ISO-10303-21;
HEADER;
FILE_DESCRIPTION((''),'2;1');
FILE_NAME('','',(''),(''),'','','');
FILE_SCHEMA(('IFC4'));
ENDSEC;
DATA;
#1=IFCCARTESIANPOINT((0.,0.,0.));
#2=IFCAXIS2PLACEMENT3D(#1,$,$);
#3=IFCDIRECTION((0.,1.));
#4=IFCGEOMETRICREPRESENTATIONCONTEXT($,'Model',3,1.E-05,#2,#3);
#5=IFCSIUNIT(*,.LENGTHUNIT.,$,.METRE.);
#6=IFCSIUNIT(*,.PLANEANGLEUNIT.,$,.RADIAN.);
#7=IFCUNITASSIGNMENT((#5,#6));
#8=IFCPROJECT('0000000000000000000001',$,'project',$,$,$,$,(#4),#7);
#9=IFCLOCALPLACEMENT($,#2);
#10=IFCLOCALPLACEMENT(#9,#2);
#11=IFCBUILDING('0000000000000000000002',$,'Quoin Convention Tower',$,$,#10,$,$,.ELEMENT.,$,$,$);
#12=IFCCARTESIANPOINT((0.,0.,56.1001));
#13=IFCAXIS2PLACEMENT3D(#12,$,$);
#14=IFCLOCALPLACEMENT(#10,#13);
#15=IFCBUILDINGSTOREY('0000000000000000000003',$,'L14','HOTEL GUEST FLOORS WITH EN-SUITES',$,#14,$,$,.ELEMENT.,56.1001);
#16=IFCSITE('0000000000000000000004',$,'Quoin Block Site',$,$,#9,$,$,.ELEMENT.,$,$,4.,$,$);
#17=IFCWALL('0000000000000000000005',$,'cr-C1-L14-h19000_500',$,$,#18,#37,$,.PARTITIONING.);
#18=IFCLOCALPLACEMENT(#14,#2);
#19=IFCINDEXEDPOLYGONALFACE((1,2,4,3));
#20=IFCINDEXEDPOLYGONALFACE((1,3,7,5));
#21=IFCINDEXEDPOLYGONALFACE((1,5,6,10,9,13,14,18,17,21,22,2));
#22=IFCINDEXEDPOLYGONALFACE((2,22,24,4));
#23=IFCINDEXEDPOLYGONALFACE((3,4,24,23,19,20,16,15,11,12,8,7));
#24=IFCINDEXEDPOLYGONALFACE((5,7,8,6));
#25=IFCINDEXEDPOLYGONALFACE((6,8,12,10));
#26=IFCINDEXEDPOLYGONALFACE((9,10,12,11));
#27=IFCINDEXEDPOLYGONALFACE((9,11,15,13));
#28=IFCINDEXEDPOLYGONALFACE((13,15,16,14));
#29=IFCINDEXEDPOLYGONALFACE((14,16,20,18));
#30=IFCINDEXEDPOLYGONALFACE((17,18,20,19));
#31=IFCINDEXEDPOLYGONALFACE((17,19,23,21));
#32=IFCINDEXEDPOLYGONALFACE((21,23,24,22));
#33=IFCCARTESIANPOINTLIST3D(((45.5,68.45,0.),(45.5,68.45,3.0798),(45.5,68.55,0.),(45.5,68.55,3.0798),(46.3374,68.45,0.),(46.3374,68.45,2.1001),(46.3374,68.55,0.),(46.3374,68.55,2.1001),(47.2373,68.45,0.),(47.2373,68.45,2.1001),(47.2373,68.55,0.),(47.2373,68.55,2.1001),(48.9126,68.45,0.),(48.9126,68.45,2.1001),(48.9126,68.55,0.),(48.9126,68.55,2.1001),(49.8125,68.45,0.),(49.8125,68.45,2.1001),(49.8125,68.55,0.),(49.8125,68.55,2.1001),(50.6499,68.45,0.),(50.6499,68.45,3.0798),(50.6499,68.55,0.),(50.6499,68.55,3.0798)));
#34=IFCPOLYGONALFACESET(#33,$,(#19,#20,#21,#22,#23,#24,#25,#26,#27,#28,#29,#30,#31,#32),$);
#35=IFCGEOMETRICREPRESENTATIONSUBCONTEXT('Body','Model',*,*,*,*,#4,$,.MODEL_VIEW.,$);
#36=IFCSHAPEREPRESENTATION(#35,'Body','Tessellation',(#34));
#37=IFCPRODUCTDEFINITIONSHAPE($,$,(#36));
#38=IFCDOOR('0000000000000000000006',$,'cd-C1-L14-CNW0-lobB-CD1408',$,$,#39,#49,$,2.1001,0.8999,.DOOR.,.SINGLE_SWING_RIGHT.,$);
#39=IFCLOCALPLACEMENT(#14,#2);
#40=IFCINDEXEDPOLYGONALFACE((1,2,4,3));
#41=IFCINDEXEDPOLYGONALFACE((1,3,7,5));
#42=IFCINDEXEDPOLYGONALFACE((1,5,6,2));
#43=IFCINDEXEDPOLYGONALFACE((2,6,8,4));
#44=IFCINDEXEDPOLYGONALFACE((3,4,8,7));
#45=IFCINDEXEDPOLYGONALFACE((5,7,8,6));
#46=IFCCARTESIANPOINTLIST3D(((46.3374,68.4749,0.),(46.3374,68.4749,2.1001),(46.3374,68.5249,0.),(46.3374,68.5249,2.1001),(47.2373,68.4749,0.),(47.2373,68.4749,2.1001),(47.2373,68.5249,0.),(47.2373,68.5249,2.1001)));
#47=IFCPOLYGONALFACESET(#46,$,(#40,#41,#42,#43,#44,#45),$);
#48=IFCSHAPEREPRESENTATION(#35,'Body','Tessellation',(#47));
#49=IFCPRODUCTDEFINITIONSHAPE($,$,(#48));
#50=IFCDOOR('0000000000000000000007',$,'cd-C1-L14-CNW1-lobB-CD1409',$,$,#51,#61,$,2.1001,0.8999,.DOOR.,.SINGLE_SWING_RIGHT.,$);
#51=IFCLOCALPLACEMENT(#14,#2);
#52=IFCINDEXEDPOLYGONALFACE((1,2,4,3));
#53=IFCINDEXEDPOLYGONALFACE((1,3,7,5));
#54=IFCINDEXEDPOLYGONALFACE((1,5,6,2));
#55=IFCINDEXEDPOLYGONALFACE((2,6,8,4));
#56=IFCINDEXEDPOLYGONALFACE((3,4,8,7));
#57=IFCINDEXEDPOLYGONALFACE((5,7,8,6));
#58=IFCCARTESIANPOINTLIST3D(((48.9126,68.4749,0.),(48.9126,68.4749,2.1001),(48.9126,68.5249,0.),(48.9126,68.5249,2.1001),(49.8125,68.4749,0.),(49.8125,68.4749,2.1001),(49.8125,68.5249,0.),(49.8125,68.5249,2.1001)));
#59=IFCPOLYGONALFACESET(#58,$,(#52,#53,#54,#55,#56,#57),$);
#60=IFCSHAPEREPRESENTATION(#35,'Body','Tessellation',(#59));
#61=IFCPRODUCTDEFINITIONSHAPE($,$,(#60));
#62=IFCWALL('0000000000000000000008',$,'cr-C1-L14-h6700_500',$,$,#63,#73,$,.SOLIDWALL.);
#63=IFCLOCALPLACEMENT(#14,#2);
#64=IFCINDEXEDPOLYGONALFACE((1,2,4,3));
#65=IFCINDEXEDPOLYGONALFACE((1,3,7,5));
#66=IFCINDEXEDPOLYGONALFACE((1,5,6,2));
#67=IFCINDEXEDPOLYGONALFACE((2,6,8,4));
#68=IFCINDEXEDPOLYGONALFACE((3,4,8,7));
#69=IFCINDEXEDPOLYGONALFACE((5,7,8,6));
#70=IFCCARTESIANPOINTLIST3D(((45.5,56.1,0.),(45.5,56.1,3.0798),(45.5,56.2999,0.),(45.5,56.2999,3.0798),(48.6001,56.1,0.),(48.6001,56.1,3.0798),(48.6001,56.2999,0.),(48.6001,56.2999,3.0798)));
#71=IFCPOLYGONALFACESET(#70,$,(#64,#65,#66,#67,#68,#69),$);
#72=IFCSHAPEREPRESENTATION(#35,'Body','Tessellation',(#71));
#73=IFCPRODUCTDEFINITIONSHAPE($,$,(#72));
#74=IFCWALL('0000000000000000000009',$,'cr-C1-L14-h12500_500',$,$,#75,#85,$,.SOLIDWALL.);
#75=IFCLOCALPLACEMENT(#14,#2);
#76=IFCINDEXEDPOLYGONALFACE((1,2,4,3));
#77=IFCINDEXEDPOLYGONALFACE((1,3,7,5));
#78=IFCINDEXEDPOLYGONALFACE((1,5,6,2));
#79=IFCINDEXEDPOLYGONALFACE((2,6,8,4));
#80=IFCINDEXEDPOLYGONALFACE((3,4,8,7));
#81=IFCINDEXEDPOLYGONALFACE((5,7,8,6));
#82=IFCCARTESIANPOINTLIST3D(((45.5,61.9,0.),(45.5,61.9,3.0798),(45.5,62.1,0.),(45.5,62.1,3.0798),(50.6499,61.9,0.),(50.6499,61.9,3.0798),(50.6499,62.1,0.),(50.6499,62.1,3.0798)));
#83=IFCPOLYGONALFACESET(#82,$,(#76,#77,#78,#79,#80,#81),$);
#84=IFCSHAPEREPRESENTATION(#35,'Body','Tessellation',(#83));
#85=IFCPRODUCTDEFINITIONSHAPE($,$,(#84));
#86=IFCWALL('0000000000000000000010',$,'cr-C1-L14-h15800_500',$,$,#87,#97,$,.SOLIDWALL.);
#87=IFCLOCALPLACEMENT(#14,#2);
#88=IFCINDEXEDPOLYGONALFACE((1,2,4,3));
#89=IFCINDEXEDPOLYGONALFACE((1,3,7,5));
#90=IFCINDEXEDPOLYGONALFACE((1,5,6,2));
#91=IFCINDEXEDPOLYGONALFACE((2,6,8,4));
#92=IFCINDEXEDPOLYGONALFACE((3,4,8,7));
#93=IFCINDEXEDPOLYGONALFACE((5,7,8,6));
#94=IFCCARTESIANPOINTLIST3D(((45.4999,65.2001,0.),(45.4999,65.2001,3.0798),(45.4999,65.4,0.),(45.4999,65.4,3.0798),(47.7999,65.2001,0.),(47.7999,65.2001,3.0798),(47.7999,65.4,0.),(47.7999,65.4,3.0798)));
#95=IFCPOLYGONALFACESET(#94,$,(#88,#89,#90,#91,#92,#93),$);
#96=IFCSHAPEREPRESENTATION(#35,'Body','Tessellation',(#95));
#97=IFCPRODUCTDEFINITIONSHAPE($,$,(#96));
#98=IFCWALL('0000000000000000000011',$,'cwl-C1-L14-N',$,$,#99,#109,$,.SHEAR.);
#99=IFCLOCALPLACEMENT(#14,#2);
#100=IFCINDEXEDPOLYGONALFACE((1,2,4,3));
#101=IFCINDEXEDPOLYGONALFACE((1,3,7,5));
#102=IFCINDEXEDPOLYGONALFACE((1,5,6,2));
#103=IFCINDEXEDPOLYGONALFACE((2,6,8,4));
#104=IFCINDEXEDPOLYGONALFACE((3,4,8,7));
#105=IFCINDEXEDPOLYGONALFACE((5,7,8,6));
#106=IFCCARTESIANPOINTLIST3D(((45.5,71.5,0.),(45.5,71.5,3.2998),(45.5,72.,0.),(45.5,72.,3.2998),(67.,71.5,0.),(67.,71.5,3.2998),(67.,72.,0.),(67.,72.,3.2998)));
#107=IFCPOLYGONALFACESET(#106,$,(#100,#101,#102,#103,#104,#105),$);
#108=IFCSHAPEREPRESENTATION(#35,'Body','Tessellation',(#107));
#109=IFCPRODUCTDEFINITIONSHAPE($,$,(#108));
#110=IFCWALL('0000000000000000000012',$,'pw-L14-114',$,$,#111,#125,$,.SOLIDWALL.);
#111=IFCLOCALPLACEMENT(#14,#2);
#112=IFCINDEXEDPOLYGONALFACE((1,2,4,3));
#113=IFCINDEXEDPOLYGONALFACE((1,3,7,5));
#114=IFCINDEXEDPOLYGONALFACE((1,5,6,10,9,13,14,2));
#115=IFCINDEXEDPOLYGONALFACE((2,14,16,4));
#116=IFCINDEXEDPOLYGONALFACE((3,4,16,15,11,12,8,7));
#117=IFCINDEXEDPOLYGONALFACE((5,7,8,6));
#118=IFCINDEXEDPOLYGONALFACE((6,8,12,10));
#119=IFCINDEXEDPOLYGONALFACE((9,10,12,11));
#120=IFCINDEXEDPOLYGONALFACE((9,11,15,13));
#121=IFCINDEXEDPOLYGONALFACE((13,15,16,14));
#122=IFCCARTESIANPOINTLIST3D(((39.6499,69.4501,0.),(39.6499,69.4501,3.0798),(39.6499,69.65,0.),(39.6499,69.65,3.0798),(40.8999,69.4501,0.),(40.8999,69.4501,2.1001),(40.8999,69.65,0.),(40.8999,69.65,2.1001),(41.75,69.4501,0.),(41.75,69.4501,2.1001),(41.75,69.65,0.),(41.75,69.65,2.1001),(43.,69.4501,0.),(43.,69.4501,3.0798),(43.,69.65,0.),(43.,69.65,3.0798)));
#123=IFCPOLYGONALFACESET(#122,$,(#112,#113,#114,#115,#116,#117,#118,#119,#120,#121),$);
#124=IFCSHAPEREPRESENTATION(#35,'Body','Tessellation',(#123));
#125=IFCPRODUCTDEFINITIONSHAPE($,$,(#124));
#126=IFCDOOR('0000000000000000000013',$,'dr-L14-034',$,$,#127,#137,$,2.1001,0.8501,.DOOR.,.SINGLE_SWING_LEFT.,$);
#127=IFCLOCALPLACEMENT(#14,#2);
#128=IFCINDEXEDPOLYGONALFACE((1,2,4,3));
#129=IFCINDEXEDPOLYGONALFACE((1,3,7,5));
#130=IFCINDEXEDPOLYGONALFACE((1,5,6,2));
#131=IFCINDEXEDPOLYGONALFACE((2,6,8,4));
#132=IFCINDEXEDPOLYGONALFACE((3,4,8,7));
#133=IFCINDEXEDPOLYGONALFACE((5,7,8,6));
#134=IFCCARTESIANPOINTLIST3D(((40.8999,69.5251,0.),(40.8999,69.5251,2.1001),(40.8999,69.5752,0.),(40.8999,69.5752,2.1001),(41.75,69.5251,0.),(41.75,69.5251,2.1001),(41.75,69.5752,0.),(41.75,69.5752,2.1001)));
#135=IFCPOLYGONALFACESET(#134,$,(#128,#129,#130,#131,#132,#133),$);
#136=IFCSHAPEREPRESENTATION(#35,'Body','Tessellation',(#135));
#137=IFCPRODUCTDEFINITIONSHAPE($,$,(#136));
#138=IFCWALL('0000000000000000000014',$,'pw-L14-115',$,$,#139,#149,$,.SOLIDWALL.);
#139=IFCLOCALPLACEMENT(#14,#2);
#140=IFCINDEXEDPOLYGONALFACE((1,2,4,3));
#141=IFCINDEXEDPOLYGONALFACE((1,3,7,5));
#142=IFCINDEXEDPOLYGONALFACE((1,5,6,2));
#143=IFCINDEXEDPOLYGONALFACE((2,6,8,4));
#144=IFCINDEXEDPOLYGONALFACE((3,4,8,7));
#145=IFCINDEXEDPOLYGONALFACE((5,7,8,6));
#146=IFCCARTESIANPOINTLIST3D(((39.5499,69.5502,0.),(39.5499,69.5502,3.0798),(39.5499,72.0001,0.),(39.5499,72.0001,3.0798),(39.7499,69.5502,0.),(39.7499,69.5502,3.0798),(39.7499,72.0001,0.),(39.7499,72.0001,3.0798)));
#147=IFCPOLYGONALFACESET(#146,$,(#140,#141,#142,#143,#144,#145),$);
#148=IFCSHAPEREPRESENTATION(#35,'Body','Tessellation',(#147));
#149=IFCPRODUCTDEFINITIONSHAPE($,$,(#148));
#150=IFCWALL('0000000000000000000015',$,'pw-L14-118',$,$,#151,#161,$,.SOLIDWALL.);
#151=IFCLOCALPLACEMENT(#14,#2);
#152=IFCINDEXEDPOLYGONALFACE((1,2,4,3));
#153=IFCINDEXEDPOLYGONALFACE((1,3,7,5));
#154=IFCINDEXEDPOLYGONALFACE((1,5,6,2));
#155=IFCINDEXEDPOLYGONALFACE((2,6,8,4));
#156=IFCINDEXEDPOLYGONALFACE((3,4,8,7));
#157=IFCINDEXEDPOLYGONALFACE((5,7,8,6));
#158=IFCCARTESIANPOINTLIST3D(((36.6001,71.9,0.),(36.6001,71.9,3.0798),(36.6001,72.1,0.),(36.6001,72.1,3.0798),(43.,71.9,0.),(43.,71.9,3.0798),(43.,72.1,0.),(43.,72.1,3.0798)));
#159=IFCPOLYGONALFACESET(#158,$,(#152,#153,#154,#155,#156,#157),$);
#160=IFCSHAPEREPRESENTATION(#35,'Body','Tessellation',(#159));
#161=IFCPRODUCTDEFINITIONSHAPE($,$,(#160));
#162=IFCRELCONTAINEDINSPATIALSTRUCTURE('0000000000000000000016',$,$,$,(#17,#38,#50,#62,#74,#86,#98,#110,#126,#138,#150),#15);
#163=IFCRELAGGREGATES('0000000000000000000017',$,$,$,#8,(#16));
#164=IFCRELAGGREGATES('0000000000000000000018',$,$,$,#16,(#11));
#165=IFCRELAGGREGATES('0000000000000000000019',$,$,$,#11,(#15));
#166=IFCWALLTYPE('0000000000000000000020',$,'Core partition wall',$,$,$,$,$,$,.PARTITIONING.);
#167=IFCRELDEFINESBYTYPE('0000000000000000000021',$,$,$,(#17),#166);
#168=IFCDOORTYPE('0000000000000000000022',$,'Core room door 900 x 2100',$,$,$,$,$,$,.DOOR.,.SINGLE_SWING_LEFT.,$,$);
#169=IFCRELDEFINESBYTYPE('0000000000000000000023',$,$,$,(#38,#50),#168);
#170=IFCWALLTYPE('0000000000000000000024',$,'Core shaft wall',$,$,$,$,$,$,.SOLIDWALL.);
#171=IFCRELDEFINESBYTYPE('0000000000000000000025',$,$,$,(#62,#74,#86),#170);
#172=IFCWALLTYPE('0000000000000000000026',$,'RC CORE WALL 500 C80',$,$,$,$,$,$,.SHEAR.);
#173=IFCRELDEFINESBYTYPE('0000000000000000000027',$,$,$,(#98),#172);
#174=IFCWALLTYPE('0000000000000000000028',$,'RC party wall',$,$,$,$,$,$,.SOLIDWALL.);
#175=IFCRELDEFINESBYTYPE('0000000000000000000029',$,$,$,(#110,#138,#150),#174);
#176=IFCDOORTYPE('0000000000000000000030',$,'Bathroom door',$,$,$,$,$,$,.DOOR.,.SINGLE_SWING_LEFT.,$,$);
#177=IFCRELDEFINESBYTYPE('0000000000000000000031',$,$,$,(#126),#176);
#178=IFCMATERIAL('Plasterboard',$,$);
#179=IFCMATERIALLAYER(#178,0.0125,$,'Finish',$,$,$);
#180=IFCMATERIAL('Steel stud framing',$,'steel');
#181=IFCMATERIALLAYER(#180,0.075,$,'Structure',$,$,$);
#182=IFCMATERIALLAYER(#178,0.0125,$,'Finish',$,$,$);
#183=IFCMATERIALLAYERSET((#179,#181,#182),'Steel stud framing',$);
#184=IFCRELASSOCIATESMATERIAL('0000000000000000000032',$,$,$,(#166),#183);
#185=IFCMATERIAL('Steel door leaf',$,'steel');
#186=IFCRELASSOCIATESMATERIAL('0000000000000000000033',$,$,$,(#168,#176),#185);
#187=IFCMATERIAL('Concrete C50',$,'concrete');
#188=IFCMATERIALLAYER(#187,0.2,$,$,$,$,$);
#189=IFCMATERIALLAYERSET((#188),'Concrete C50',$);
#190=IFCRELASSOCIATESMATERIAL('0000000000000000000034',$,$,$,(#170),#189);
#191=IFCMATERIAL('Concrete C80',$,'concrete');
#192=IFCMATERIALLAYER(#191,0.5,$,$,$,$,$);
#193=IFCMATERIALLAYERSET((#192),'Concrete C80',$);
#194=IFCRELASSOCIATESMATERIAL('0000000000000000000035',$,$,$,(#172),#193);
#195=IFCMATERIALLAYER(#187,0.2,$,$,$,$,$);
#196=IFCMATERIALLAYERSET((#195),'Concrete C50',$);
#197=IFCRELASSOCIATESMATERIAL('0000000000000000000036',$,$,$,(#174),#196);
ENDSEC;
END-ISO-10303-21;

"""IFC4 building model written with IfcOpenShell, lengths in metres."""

from ifc_helpers import new_model, si_unit, direction, frame, frame_2d, origin, place, context, subcontext, project, spatial, rectangle, extrude, material, layer, layer_set, type_object, element, fill, save


model = new_model("IFC4")

# Units and contexts
model_context = context("Model", 3, precision=1e-05, world=origin(), true_north=direction((0.0, 1.0)))
body_context = subcontext(model_context, "Body", "Model", "MODEL_VIEW")
ifc_project = project(units=[si_unit("LENGTHUNIT", "METRE"), si_unit("PLANEANGLEUNIT", "RADIAN")], contexts=[model_context])

# Site, building, storey
site_placement = place(None, origin())
site = spatial("IfcSite", under=ifc_project, at=site_placement, Name="Quoin Block Site", CompositionType="ELEMENT", RefElevation=4.0)
building_placement = place(site_placement, origin())
building = spatial("IfcBuilding", under=site, at=building_placement, Name="Quoin Convention Tower", CompositionType="ELEMENT")
storey_placement = place(building_placement, frame((0.0, 0.0, 56.1001)))
storey = spatial("IfcBuildingStorey", under=building, at=storey_placement, Name="L14", Description="HOTEL GUEST FLOORS WITH EN-SUITES", CompositionType="ELEMENT", Elevation=56.1001)

# Wall, openings, doors
ifc_material_1 = material(Name="Plasterboard")
ifc_layer_1 = layer(ifc_material_1, 0.0125, Name="Finish")
ifc_material_2 = material(Name="Steel stud framing", Category="steel")
ifc_layer_2 = layer(ifc_material_2, 0.075, Name="Structure")
ifc_layer_3 = layer(ifc_material_1, 0.0125, Name="Finish")
ifc_layer_set_1 = layer_set([ifc_layer_1, ifc_layer_2, ifc_layer_3], Name="Steel stud framing")
wall_type_1 = type_object("IfcWallType", Name="Core partition wall", PredefinedType="PARTITIONING", material=ifc_layer_set_1)
wall_1_placement = place(storey_placement, frame((45.5, 68.5, 0.0), z_axis=(0.0, 0.0, 1.0), x_axis=(1.0, 0.0, 0.0)))
wall_1 = element("IfcWall", 1, at=wall_1_placement, inside=storey, type_object=wall_type_1, Name="cr-C1-L14-h19000_500", PredefinedType="PARTITIONING", context=body_context, shape_type="SweptSolid", body=[
    extrude(rectangle(XDim=5.1499, YDim=0.1001, at=frame_2d((2.575, 0.0))), origin(), (0.0, 0.0, 1.0), 3.0798),
])
opening_1_placement = place(wall_1_placement, frame((0.8374, 0.0, 0.0)))
opening_1 = element("IfcOpeningElement", 2, at=opening_1_placement, cuts=wall_1, PredefinedType="OPENING", context=body_context, shape_type="SweptSolid", body=[
    extrude(rectangle(XDim=0.8999, YDim=2.1001, at=frame_2d((0.45, 1.05))), frame((0.0, 0.0601, 0.0), z_axis=(0.0, -1.0, 0.0), x_axis=(1.0, 0.0, 0.0)), (0.0, 0.0, 1.0), 0.1201),
])
opening_2_placement = place(wall_1_placement, frame((3.4126, 0.0, 0.0)))
opening_2 = element("IfcOpeningElement", 3, at=opening_2_placement, cuts=wall_1, PredefinedType="OPENING", context=body_context, shape_type="SweptSolid", body=[
    extrude(rectangle(XDim=0.8999, YDim=2.1001, at=frame_2d((0.45, 1.05))), frame((0.0, 0.0601, 0.0), z_axis=(0.0, -1.0, 0.0), x_axis=(1.0, 0.0, 0.0)), (0.0, 0.0, 1.0), 0.1201),
])
ifc_material_3 = material(Name="Steel door leaf", Category="steel")
door_type_1 = type_object("IfcDoorType", Name="Core room door 900 x 2100", OperationType="SINGLE_SWING_LEFT", PredefinedType="DOOR", material=ifc_material_3)
door_1_placement = place(opening_1_placement, origin())
door_1 = element("IfcDoor", 4, at=door_1_placement, inside=storey, type_object=door_type_1, Name="cd-C1-L14-CNW0-lobB-CD1408", OperationType="SINGLE_SWING_RIGHT", OverallHeight=2.1001, OverallWidth=0.8999, PredefinedType="DOOR", context=body_context, shape_type="SweptSolid", body=[
    extrude(rectangle(XDim=0.8999, YDim=2.1001, at=frame_2d((0.45, 1.05))), frame((0.0, 0.0249, 0.0), z_axis=(0.0, -1.0, 0.0), x_axis=(1.0, 0.0, 0.0)), (0.0, 0.0, 1.0), 0.05),
])
fill(opening_1, door_1)
door_2_placement = place(opening_2_placement, origin())
door_2 = element("IfcDoor", 5, at=door_2_placement, inside=storey, type_object=door_type_1, Name="cd-C1-L14-CNW1-lobB-CD1409", OperationType="SINGLE_SWING_RIGHT", OverallHeight=2.1001, OverallWidth=0.8999, PredefinedType="DOOR", context=body_context, shape_type="SweptSolid", body=[
    extrude(rectangle(XDim=0.8999, YDim=2.1001, at=frame_2d((0.45, 1.05))), frame((0.0, 0.0249, 0.0), z_axis=(0.0, -1.0, 0.0), x_axis=(1.0, 0.0, 0.0)), (0.0, 0.0, 1.0), 0.05),
])
fill(opening_2, door_2)

# Walls
ifc_material_4 = material(Name="Concrete C50", Category="concrete")
ifc_layer_4 = layer(ifc_material_4, 0.2)
ifc_layer_set_2 = layer_set([ifc_layer_4], Name="Concrete C50")
wall_type_2 = type_object("IfcWallType", Name="Core shaft wall", PredefinedType="SOLIDWALL", material=ifc_layer_set_2)
wall_2_placement = place(storey_placement, frame((45.5, 56.2, 0.0), z_axis=(0.0, 0.0, 1.0), x_axis=(1.0, 0.0, 0.0)))
element("IfcWall", 6, at=wall_2_placement, inside=storey, type_object=wall_type_2, Name="cr-C1-L14-h6700_500", PredefinedType="SOLIDWALL", context=body_context, shape_type="SweptSolid", body=[
    extrude(rectangle(XDim=3.1001, YDim=0.2, at=frame_2d((1.55, 0.0))), origin(), (0.0, 0.0, 1.0), 3.0798),
])
wall_3_placement = place(storey_placement, frame((45.5, 62.0, 0.0), z_axis=(0.0, 0.0, 1.0), x_axis=(1.0, 0.0, 0.0)))
element("IfcWall", 7, at=wall_3_placement, inside=storey, type_object=wall_type_2, Name="cr-C1-L14-h12500_500", PredefinedType="SOLIDWALL", context=body_context, shape_type="SweptSolid", body=[
    extrude(rectangle(XDim=5.1499, YDim=0.2, at=frame_2d((2.575, 0.0))), origin(), (0.0, 0.0, 1.0), 3.0798),
])
wall_4_placement = place(storey_placement, frame((45.5, 65.3, 0.0), z_axis=(0.0, 0.0, 1.0), x_axis=(1.0, 0.0, 0.0)))
element("IfcWall", 8, at=wall_4_placement, inside=storey, type_object=wall_type_2, Name="cr-C1-L14-h15800_500", PredefinedType="SOLIDWALL", context=body_context, shape_type="SweptSolid", body=[
    extrude(rectangle(XDim=2.3, YDim=0.2, at=frame_2d((1.1499, 0.0))), origin(), (0.0, 0.0, 1.0), 3.0798),
])
ifc_material_5 = material(Name="Concrete C80", Category="concrete")
ifc_layer_5 = layer(ifc_material_5, 0.5)
ifc_layer_set_3 = layer_set([ifc_layer_5], Name="Concrete C80")
wall_type_3 = type_object("IfcWallType", Name="RC CORE WALL 500 C80", PredefinedType="SHEAR", material=ifc_layer_set_3)
wall_5_placement = place(storey_placement, frame((45.5, 71.75, 0.0), z_axis=(0.0, 0.0, 1.0), x_axis=(1.0, 0.0, 0.0)))
element("IfcWall", 9, at=wall_5_placement, inside=storey, type_object=wall_type_3, Name="cwl-C1-L14-N", PredefinedType="SHEAR", context=body_context, shape_type="SweptSolid", body=[
    extrude(rectangle(XDim=21.5, YDim=0.5, at=frame_2d((10.75, 0.0))), origin(), (0.0, 0.0, 1.0), 3.2998),
])

# Wall, opening, door
ifc_layer_6 = layer(ifc_material_4, 0.2)
ifc_layer_set_4 = layer_set([ifc_layer_6], Name="Concrete C50")
wall_type_4 = type_object("IfcWallType", Name="RC party wall", PredefinedType="SOLIDWALL", material=ifc_layer_set_4)
wall_6_placement = place(storey_placement, frame((39.6499, 69.55, 0.0), z_axis=(0.0, 0.0, 1.0), x_axis=(1.0, 0.0, 0.0)))
wall_6 = element("IfcWall", 10, at=wall_6_placement, inside=storey, type_object=wall_type_4, Name="pw-L14-114", PredefinedType="SOLIDWALL", context=body_context, shape_type="SweptSolid", body=[
    extrude(rectangle(XDim=3.3501, YDim=0.2, at=frame_2d((1.675, 0.0))), origin(), (0.0, 0.0, 1.0), 3.0798),
])
opening_3_placement = place(wall_6_placement, frame((1.25, 0.0, 0.0)))
opening_3 = element("IfcOpeningElement", 11, at=opening_3_placement, cuts=wall_6, PredefinedType="OPENING", context=body_context, shape_type="SweptSolid", body=[
    extrude(rectangle(XDim=0.8501, YDim=2.1001, at=frame_2d((0.425, 1.05))), frame((0.0, 0.1099, 0.0), z_axis=(0.0, -1.0, 0.0), x_axis=(1.0, 0.0, 0.0)), (0.0, 0.0, 1.0), 0.22),
])
door_type_2 = type_object("IfcDoorType", Name="Bathroom door", OperationType="SINGLE_SWING_LEFT", PredefinedType="DOOR", material=ifc_material_3)
door_3_placement = place(opening_3_placement, frame((0.8501, 0.0, 0.0), z_axis=(0.0, 0.0, 1.0), x_axis=(-1.0, 0.0, 0.0)))
door_3 = element("IfcDoor", 12, at=door_3_placement, inside=storey, type_object=door_type_2, Name="dr-L14-034", OperationType="SINGLE_SWING_LEFT", OverallHeight=2.1001, OverallWidth=0.8501, PredefinedType="DOOR", context=body_context, shape_type="SweptSolid", body=[
    extrude(rectangle(XDim=0.8501, YDim=2.1001, at=frame_2d((0.425, 1.05))), frame((0.0, 0.0249, 0.0), z_axis=(0.0, -1.0, 0.0), x_axis=(1.0, 0.0, 0.0)), (0.0, 0.0, 1.0), 0.05),
])
fill(opening_3, door_3)

# Walls
wall_7_placement = place(storey_placement, frame((39.6499, 69.55, 0.0), z_axis=(0.0, 0.0, 1.0), x_axis=(0.0, 1.0, 0.0)))
element("IfcWall", 13, at=wall_7_placement, inside=storey, type_object=wall_type_4, Name="pw-L14-115", PredefinedType="SOLIDWALL", context=body_context, shape_type="SweptSolid", body=[
    extrude(rectangle(XDim=2.45, YDim=0.2, at=frame_2d((1.2251, 0.0))), origin(), (0.0, 0.0, 1.0), 3.0798),
])
wall_8_placement = place(storey_placement, frame((36.6001, 72.0, 0.0), z_axis=(0.0, 0.0, 1.0), x_axis=(1.0, 0.0, 0.0)))
element("IfcWall", 14, at=wall_8_placement, inside=storey, type_object=wall_type_4, Name="pw-L14-118", PredefinedType="SOLIDWALL", context=body_context, shape_type="SweptSolid", body=[
    extrude(rectangle(XDim=6.3999, YDim=0.2, at=frame_2d((3.2, 0.0))), origin(), (0.0, 0.0, 1.0), 3.0798),
])

save(model, "model.ifc")
